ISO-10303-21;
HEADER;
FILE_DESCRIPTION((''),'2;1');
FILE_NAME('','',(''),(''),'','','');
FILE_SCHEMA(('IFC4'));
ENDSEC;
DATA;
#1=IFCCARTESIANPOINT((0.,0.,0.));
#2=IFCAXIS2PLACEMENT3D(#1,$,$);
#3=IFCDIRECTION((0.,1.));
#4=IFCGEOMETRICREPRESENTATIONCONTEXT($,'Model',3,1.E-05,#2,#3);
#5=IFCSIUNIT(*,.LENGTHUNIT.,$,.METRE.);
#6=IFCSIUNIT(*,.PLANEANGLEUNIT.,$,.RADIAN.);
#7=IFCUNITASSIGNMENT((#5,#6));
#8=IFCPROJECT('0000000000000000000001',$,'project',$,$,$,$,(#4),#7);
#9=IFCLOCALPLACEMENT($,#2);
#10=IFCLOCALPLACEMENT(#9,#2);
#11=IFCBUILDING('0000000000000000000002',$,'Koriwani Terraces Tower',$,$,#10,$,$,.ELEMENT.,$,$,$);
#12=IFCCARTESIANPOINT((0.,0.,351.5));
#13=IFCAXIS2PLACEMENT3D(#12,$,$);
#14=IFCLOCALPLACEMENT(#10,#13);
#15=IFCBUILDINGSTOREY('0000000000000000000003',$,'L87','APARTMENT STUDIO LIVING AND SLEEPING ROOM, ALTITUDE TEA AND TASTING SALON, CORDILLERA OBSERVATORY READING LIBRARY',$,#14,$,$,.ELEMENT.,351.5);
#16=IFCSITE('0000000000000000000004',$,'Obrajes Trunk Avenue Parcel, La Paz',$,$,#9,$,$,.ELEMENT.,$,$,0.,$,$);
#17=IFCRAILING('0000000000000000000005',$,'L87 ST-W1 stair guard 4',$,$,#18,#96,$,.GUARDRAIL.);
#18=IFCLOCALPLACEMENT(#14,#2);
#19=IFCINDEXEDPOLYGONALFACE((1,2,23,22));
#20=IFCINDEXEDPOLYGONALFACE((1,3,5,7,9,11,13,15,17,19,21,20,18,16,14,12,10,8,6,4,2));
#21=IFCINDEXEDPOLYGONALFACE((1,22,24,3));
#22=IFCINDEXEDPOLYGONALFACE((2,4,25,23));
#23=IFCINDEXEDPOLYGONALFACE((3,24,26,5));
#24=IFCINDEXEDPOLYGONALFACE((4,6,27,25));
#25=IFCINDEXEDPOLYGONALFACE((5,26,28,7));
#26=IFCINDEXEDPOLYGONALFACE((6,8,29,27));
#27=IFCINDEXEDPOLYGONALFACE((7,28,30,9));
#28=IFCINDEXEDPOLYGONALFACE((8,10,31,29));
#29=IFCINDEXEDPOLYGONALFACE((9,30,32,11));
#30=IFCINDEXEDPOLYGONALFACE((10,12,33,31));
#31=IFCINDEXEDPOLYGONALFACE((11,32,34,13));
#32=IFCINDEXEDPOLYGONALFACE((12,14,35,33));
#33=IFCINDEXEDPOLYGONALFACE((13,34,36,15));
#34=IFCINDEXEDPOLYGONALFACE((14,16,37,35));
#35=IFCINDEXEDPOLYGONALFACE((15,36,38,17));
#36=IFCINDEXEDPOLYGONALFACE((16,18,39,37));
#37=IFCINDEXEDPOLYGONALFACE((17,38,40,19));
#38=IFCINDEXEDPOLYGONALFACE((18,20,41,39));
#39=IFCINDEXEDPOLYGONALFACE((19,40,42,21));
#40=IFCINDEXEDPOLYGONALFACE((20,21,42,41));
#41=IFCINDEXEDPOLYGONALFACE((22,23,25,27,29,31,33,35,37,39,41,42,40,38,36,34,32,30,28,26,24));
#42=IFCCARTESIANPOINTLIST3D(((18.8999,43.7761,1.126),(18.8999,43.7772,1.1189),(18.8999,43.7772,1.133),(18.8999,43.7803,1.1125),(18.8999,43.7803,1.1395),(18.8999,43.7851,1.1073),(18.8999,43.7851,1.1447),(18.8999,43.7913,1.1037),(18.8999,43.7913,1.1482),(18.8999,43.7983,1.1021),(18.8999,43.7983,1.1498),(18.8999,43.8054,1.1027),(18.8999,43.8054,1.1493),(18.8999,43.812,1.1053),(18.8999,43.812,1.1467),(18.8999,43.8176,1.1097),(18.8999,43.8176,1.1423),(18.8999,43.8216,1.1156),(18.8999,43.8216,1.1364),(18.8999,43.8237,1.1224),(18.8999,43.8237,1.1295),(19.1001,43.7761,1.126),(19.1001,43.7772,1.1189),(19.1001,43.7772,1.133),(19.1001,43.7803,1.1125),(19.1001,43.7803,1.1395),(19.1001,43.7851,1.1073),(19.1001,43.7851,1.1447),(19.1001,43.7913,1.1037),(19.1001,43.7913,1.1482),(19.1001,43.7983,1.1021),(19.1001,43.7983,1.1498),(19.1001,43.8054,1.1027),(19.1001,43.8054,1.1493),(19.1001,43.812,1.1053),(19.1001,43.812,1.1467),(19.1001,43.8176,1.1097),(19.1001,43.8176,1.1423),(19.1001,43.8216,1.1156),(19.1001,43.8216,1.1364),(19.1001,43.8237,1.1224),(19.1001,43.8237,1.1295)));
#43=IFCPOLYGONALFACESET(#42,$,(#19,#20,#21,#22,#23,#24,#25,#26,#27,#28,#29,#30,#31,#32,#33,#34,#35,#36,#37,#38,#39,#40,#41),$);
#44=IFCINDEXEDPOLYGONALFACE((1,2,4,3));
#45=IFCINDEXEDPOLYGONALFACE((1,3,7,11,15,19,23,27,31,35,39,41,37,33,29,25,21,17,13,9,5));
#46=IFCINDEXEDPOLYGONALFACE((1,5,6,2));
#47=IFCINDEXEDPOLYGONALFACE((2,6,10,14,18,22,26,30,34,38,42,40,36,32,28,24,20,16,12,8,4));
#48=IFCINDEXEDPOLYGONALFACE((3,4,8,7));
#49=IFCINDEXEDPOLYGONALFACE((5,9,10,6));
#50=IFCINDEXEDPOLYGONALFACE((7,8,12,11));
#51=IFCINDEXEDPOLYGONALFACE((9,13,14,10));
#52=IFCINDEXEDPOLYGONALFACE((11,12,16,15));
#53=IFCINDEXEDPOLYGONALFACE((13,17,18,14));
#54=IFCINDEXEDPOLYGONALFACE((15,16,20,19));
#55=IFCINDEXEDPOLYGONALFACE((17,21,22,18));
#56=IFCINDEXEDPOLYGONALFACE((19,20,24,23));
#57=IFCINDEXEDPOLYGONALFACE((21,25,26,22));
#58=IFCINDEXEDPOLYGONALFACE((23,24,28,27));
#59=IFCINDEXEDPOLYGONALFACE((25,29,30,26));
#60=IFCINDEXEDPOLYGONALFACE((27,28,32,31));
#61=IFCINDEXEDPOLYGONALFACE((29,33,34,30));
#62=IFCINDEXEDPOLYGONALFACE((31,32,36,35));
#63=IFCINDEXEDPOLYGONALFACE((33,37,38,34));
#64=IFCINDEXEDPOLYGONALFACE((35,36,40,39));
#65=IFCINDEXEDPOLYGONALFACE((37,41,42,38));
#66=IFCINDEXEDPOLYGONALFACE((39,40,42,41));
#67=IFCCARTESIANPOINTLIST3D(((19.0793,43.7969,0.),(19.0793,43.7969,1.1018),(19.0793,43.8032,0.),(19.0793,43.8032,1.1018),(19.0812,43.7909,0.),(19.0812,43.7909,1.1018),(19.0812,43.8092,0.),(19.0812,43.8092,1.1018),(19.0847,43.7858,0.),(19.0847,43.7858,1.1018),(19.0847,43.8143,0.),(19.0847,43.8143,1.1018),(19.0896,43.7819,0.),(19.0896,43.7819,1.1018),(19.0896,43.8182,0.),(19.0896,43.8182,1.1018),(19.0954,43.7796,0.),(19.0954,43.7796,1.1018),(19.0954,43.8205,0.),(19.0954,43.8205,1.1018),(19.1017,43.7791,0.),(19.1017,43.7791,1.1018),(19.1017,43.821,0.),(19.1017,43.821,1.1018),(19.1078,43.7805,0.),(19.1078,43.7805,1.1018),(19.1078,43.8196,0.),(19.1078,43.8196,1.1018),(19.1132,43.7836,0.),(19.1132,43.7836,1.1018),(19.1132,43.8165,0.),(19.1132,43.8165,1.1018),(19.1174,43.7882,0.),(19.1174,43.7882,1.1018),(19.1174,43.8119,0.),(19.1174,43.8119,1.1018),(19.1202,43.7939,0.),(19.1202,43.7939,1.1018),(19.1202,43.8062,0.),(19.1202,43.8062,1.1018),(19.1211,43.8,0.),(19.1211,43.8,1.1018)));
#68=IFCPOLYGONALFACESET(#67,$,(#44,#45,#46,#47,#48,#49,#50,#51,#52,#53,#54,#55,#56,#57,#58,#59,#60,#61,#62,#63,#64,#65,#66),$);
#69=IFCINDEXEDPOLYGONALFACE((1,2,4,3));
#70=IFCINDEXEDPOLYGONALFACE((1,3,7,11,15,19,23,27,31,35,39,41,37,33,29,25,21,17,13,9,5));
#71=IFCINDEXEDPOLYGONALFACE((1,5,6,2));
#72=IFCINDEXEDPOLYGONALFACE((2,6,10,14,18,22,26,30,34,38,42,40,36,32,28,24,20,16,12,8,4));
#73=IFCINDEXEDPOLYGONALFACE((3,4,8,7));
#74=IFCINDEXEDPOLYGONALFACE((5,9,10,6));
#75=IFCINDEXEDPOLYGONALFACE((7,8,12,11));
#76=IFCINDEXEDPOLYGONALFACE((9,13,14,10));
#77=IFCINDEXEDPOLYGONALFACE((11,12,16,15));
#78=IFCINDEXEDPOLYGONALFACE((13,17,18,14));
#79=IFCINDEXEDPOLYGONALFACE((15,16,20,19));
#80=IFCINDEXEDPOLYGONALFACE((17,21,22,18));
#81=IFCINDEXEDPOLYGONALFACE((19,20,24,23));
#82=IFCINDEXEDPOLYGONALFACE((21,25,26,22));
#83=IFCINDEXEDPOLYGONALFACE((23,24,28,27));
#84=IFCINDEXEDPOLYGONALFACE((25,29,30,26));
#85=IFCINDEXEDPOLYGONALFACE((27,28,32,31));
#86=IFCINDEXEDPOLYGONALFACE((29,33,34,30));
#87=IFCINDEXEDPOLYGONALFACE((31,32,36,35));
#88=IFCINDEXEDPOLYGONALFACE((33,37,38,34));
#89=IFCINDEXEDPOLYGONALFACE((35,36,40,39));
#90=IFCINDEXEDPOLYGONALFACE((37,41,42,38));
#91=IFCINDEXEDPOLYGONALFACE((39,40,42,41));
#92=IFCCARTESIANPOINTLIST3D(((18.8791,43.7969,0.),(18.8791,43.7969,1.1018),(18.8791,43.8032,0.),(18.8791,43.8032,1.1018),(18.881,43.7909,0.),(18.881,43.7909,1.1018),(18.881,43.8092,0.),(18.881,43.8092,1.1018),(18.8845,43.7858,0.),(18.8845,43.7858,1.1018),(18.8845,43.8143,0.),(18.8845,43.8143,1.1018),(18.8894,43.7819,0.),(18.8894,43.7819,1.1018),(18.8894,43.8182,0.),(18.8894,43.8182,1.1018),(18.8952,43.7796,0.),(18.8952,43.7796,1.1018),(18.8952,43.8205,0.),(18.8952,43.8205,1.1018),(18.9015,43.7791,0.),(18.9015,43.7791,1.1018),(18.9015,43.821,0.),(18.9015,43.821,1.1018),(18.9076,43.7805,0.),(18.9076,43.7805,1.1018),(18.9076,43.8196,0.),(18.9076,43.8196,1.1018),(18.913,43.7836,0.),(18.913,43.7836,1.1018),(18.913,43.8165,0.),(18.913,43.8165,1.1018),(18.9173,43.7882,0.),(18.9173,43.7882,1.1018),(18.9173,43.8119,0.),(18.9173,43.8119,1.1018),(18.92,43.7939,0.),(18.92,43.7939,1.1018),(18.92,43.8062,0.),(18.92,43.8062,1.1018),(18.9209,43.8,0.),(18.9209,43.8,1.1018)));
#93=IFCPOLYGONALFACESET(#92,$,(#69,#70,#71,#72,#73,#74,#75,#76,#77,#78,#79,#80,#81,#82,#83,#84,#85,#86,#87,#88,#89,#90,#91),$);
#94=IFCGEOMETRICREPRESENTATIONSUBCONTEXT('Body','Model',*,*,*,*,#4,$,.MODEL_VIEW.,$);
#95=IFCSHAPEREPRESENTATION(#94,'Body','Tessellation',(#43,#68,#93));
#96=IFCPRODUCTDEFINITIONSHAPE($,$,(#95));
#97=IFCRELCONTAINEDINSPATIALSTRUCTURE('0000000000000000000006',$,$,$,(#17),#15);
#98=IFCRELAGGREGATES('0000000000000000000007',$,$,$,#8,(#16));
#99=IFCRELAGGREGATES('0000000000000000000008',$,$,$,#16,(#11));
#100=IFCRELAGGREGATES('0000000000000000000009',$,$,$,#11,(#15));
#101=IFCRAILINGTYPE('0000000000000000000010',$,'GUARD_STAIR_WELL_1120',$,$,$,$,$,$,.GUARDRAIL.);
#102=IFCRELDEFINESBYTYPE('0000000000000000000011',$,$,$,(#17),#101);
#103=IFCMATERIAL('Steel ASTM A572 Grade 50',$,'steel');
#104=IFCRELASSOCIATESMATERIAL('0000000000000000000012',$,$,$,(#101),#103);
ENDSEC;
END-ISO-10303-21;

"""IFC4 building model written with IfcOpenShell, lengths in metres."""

from ifc_helpers import new_model, si_unit, direction, frame, origin, origin_2d, place, context, subcontext, project, spatial, circle, extrude, material, type_object, element, save


model = new_model("IFC4")

# Units and contexts
model_context = context("Model", 3, precision=1e-05, world=origin(), true_north=direction((0.0, 1.0)))
body_context = subcontext(model_context, "Body", "Model", "MODEL_VIEW")
ifc_project = project(units=[si_unit("LENGTHUNIT", "METRE"), si_unit("PLANEANGLEUNIT", "RADIAN")], contexts=[model_context])

# Site, building, storey
site_placement = place(None, origin())
site = spatial("IfcSite", under=ifc_project, at=site_placement, Name="Obrajes Trunk Avenue Parcel, La Paz", CompositionType="ELEMENT", RefElevation=0.0)
building_placement = place(site_placement, origin())
building = spatial("IfcBuilding", under=site, at=building_placement, Name="Koriwani Terraces Tower", CompositionType="ELEMENT")
storey_placement = place(building_placement, frame((0.0, 0.0, 351.5)))
storey = spatial("IfcBuildingStorey", under=building, at=storey_placement, Name="L87", Description="APARTMENT STUDIO LIVING AND SLEEPING ROOM, ALTITUDE TEA AND TASTING SALON, CORDILLERA OBSERVATORY READING LIBRARY", CompositionType="ELEMENT", Elevation=351.5)

# Shared definitions
ifc_material_1 = material(Name="Steel ASTM A572 Grade 50", Category="steel")

# Railing
railing_type_1 = type_object("IfcRailingType", Name="GUARD_STAIR_WELL_1120", PredefinedType="GUARDRAIL", material=ifc_material_1)
railing_1_placement = place(storey_placement, frame((19.1001, 43.8, 0.0)))
element("IfcRailing", 1, at=railing_1_placement, inside=storey, type_object=railing_type_1, Name="L87 ST-W1 stair guard 4", PredefinedType="GUARDRAIL", context=body_context, shape_type="SweptSolid", body=[
    extrude(circle(Radius=0.0239, at=origin_2d()), frame((0.0, 0.0, 1.126), z_axis=(-1.0, 0.0, 0.0), x_axis=(0.0, -1.0, 0.0)), (0.0, 0.0, 1.0), 0.2002),
    extrude(circle(Radius=0.021, at=origin_2d()), origin(), (0.0, 0.0, 1.0), 1.1018),
    extrude(circle(Radius=0.021, at=origin_2d()), frame((-0.2002, 0.0, 0.0)), (0.0, 0.0, 1.0), 1.1018),
])

save(model, "model.ifc")
